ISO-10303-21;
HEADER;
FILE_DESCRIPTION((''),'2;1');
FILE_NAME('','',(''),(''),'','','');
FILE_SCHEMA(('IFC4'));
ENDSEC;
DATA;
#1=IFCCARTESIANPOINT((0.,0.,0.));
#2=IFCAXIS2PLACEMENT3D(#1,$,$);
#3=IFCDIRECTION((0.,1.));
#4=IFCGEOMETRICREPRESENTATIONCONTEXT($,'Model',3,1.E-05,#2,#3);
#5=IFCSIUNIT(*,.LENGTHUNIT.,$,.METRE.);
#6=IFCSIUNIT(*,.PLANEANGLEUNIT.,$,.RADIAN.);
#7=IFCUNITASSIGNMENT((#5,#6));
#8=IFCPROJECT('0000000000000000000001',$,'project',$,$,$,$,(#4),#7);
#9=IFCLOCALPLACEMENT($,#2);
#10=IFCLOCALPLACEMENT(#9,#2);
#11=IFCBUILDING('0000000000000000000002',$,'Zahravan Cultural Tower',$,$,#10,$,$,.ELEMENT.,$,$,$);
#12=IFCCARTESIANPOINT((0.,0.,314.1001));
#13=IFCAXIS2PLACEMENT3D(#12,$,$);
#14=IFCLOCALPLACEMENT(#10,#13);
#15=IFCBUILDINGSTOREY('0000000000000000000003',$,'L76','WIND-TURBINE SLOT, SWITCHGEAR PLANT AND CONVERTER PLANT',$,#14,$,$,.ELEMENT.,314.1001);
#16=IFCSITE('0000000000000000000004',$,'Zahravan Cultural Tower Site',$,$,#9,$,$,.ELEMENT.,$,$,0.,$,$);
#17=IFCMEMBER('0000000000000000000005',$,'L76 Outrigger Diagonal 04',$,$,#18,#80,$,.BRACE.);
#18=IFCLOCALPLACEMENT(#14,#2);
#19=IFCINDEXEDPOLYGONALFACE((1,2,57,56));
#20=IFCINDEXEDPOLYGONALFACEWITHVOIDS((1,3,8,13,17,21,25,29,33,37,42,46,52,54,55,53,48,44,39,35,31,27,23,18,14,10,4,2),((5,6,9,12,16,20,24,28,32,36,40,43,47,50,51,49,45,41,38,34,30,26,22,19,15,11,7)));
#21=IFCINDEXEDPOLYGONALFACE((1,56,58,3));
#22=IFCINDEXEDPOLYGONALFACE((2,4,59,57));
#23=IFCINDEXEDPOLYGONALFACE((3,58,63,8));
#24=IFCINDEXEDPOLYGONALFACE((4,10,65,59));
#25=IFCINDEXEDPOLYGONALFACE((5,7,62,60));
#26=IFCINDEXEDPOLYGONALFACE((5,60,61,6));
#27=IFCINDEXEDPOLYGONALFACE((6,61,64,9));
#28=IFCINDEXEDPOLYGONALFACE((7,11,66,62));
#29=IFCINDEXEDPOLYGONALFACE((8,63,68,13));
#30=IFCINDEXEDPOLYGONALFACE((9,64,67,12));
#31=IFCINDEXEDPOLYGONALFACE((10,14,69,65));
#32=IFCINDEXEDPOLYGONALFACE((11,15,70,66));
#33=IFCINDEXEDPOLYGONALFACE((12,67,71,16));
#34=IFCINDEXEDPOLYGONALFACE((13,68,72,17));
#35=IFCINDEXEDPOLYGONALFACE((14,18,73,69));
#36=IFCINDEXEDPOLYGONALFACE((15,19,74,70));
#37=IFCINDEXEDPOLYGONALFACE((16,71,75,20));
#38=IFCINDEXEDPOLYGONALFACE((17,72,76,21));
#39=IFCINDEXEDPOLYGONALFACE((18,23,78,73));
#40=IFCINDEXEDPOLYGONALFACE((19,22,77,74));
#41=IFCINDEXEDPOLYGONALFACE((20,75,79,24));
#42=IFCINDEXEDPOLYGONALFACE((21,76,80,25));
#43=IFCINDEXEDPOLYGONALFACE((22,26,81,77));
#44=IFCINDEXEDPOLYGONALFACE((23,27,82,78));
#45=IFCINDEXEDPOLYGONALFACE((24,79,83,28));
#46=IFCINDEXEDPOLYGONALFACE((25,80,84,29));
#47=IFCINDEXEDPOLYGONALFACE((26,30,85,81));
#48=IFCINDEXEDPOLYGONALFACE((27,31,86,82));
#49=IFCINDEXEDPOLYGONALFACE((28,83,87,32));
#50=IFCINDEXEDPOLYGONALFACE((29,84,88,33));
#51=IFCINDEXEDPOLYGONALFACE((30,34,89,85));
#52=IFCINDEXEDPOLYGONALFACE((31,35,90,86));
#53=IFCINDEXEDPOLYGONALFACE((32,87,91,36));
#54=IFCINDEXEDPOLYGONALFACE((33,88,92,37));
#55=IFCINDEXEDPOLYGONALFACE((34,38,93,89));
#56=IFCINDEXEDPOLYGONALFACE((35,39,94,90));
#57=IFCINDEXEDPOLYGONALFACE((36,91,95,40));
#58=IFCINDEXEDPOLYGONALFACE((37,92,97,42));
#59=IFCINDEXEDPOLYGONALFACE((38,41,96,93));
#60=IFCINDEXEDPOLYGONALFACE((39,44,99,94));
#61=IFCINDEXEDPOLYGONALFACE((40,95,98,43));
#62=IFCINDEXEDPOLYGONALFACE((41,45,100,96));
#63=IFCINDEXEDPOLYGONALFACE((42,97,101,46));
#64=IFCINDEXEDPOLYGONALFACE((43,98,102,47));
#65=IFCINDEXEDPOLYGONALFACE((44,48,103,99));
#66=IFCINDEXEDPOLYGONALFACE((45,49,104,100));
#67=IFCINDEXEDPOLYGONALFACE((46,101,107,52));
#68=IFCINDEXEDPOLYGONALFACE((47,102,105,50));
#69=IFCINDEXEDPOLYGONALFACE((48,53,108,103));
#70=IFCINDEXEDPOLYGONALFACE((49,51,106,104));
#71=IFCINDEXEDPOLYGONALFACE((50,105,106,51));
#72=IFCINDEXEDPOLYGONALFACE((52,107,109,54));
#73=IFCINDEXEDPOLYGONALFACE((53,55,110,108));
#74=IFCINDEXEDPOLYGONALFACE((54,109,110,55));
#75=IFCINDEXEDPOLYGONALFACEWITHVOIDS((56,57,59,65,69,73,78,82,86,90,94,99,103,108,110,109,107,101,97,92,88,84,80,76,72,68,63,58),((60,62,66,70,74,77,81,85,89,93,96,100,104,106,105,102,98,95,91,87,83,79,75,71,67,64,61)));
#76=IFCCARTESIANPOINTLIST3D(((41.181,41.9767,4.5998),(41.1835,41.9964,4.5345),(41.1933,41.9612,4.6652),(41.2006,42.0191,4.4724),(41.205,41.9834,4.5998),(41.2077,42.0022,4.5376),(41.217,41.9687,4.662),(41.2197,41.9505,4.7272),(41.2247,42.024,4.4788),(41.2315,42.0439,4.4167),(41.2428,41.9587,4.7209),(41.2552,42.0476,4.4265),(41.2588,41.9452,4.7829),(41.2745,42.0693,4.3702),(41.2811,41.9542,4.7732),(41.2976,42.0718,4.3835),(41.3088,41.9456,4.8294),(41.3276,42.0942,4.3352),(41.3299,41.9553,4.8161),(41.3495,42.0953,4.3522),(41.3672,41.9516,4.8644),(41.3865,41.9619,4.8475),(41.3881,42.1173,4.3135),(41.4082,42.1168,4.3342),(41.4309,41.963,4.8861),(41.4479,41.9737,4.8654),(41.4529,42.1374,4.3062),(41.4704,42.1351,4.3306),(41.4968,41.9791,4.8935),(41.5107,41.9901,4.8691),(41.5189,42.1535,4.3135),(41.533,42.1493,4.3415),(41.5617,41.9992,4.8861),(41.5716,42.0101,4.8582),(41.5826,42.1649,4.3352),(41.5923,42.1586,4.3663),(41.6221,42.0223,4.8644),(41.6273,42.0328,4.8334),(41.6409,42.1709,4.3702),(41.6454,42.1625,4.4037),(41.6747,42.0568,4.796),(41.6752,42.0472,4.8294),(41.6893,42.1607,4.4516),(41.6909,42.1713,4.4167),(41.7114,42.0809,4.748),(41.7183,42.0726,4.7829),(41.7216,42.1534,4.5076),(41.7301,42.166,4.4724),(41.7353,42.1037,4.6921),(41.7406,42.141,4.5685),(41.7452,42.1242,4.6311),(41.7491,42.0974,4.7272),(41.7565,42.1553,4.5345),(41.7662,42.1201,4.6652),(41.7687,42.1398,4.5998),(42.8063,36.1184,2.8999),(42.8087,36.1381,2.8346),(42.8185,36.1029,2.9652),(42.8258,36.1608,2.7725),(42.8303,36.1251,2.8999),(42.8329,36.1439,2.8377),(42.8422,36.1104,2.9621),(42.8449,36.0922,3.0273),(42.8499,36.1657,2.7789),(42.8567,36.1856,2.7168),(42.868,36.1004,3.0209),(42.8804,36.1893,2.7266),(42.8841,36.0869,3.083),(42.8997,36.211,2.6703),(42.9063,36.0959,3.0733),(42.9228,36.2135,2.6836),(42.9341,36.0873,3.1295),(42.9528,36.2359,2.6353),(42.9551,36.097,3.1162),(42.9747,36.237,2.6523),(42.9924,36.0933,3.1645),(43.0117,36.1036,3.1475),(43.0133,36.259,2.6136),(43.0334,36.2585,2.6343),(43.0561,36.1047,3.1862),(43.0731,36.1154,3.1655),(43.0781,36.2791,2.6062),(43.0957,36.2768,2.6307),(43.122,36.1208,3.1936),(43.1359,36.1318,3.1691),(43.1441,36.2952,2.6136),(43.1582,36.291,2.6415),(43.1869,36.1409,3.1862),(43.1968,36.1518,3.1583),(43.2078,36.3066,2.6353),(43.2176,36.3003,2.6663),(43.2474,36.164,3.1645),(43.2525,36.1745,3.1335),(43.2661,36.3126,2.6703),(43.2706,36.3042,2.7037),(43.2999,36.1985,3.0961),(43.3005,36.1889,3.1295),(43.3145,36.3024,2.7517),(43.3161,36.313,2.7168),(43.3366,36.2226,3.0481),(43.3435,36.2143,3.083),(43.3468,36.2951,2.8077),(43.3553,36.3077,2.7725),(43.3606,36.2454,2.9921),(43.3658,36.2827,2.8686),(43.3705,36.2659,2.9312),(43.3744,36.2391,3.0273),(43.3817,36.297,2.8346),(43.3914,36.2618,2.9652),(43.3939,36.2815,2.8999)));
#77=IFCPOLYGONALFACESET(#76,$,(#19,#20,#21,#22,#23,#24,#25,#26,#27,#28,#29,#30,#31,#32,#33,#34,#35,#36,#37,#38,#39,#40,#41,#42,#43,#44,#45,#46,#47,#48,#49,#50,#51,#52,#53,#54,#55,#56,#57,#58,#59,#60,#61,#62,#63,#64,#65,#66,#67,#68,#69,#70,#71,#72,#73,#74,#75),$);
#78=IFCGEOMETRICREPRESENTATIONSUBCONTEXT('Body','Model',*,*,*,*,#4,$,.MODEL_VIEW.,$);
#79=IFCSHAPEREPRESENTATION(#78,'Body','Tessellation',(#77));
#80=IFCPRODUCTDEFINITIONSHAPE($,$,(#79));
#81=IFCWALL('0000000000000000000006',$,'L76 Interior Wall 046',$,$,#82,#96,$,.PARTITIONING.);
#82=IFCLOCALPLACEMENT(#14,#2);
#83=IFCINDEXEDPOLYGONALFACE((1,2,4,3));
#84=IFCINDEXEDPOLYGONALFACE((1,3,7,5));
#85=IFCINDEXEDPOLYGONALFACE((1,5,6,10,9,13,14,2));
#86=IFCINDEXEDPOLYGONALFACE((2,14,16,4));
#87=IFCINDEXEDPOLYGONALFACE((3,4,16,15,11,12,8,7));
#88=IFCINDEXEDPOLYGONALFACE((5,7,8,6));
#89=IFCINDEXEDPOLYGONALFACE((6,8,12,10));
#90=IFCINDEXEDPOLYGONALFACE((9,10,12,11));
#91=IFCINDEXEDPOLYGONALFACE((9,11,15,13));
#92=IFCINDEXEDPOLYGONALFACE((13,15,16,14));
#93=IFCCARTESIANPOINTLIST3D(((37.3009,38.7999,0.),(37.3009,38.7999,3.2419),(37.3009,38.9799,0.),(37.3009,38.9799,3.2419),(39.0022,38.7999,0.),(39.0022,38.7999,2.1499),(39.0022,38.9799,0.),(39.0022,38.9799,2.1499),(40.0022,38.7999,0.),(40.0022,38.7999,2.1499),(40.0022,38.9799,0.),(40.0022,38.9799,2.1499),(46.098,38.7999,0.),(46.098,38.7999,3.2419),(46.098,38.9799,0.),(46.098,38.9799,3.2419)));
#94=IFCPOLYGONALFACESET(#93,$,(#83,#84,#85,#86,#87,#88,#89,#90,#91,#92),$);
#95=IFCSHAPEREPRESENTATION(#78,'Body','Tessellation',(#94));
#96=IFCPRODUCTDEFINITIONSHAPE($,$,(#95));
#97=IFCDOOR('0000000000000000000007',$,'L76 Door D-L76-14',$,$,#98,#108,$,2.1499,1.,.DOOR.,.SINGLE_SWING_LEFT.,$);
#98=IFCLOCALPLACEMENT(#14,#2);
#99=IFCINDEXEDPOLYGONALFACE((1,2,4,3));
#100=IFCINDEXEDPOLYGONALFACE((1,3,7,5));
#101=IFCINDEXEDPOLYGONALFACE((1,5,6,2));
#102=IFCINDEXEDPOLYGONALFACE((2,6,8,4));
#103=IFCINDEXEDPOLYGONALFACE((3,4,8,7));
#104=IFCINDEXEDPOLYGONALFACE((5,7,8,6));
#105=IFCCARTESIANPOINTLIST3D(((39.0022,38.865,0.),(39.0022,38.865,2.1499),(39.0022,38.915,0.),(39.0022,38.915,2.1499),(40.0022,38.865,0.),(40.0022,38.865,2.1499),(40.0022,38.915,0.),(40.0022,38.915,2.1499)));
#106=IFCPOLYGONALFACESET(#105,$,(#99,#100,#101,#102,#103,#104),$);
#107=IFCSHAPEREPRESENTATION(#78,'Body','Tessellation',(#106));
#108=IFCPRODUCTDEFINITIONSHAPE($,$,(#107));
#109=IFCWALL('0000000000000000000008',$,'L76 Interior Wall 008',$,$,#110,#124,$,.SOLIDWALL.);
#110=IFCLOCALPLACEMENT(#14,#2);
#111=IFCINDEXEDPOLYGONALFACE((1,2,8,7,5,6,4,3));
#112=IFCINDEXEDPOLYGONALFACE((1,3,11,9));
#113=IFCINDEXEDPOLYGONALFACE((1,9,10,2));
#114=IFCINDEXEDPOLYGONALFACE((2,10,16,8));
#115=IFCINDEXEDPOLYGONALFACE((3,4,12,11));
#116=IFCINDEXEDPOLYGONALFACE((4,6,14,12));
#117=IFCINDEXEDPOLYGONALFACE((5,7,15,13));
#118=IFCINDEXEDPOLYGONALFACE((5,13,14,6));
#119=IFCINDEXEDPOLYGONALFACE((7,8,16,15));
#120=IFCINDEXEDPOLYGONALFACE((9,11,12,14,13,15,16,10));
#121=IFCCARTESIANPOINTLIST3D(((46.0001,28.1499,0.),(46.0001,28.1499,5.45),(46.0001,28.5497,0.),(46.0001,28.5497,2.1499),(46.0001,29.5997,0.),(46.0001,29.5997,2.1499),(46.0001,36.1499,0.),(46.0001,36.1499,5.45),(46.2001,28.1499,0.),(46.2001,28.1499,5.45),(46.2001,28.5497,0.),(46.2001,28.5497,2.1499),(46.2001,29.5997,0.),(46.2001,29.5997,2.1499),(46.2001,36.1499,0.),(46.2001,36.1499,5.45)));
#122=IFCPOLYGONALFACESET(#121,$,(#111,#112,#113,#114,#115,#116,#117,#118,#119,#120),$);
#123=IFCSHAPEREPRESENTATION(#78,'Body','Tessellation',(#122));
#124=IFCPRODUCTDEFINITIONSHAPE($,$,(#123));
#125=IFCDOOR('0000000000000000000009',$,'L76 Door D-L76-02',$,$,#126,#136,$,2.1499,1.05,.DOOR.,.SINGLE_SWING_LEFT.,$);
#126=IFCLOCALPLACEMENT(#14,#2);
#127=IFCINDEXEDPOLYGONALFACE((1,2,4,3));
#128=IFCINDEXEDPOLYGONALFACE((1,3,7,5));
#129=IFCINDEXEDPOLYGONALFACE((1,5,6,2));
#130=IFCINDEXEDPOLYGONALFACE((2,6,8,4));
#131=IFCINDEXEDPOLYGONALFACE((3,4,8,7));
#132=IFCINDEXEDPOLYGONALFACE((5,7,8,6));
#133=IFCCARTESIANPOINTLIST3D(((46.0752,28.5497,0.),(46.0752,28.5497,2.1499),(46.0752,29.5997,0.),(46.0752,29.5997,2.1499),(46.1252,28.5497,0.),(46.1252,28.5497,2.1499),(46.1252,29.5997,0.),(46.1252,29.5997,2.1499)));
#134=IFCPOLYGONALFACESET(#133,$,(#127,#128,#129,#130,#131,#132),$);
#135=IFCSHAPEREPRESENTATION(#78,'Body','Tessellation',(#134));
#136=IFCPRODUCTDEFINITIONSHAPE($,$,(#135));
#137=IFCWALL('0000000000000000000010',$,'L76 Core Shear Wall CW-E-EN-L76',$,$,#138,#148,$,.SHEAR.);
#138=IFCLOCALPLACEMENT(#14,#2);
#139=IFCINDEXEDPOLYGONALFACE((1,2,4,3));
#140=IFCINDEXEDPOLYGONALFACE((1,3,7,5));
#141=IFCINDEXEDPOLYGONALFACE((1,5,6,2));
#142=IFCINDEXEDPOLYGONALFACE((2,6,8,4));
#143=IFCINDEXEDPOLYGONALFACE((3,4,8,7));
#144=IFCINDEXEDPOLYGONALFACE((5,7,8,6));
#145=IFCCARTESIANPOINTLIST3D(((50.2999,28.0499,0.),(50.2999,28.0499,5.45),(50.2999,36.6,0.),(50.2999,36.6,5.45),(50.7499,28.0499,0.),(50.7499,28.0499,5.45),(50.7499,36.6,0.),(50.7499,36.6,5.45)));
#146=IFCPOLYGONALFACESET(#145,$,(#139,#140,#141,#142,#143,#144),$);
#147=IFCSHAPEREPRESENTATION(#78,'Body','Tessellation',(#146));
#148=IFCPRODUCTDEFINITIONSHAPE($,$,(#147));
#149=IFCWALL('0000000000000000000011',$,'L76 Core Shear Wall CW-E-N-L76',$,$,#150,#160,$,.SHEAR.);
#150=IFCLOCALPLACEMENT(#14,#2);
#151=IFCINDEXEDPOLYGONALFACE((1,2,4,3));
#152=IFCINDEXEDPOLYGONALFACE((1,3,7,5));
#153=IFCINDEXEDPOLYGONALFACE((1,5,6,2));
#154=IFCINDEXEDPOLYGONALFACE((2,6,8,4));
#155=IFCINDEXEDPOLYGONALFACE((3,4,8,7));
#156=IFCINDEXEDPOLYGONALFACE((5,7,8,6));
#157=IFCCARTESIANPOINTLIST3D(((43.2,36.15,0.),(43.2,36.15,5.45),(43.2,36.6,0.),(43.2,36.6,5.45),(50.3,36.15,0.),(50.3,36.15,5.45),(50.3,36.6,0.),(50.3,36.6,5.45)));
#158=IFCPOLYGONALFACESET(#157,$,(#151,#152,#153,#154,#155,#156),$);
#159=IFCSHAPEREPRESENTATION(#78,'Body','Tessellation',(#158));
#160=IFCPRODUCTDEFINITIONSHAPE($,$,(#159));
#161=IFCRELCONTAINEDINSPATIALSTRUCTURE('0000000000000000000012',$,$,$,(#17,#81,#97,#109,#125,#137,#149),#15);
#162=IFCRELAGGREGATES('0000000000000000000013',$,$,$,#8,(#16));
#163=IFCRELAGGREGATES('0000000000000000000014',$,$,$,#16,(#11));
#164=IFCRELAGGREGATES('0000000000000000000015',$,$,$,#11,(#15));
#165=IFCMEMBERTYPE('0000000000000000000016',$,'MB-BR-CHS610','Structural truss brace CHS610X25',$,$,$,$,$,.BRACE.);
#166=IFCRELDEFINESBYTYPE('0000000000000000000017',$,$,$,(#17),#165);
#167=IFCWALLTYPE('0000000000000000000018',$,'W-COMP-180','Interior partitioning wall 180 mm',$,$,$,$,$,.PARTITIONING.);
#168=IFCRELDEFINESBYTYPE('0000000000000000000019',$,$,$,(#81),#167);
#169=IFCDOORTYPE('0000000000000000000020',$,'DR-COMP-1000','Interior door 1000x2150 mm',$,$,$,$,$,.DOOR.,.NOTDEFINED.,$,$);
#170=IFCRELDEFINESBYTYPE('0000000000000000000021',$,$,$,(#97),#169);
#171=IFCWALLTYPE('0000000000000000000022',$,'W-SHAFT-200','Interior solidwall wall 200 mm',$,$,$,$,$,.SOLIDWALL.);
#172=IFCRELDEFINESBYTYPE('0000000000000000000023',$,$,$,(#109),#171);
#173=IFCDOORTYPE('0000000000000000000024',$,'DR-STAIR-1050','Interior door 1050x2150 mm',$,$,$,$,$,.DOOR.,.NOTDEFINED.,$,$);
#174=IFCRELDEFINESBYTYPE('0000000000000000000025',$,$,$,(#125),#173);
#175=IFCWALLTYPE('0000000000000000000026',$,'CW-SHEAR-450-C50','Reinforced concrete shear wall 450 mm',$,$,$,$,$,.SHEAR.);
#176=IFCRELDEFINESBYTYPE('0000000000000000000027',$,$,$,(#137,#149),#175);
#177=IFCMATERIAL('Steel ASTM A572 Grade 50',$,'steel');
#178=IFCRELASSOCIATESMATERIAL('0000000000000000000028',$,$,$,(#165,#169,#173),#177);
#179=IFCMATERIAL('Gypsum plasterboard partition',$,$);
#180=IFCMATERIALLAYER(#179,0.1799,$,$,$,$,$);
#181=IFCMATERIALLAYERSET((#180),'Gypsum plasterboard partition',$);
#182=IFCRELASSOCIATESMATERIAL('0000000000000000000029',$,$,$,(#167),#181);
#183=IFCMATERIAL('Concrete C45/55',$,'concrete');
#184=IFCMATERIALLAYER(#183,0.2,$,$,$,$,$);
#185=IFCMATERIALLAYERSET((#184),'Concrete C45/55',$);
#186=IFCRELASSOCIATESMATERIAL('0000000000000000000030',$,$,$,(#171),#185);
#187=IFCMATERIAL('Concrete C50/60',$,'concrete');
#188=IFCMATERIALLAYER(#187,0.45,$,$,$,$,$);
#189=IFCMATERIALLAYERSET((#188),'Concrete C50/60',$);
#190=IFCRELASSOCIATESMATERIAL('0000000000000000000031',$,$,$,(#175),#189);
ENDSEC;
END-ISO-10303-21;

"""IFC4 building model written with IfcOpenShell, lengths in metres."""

from ifc_helpers import new_model, si_unit, direction, frame, frame_2d, origin, origin_2d, place, context, subcontext, project, spatial, rectangle, hollow_circle, extrude, source, transform, mapped, material, layer, layer_set, material_profile, profile_set, type_object, element, fill, save


model = new_model("IFC4")

# Units and contexts
model_context = context("Model", 3, precision=1e-05, world=origin(), true_north=direction((0.0, 1.0)))
body_context = subcontext(model_context, "Body", "Model", "MODEL_VIEW")
ifc_project = project(units=[si_unit("LENGTHUNIT", "METRE"), si_unit("PLANEANGLEUNIT", "RADIAN")], contexts=[model_context])

# Site, building, storey
site_placement = place(None, origin())
site = spatial("IfcSite", under=ifc_project, at=site_placement, Name="Zahravan Cultural Tower Site", CompositionType="ELEMENT", RefElevation=0.0)
building_placement = place(site_placement, origin())
building = spatial("IfcBuilding", under=site, at=building_placement, Name="Zahravan Cultural Tower", CompositionType="ELEMENT")
storey_placement = place(building_placement, frame((0.0, 0.0, 314.1001)))
storey = spatial("IfcBuildingStorey", under=building, at=storey_placement, Name="L76", Description="WIND-TURBINE SLOT, SWITCHGEAR PLANT AND CONVERTER PLANT", CompositionType="ELEMENT", Elevation=314.1001)

# Shared definitions
ifc_material_1 = material(Name="Concrete C50/60", Category="concrete")

# Member
ifc_material_2 = material(Name="Steel ASTM A572 Grade 50", Category="steel")
ifc_material_profile_1 = material_profile(ifc_material_2, hollow_circle(Radius=0.3049, WallThickness=0.0249, at=origin_2d()), Name="CHS610X25")
ifc_profile_set_1 = profile_set([ifc_material_profile_1], Name="Steel ASTM A572 Grade 50")
member_type = type_object("IfcMemberType", Name="MB-BR-CHS610", Description="Structural truss brace CHS610X25", PredefinedType="BRACE", material=ifc_profile_set_1)
shared_shape_1 = source(origin(), body_context, "Body", "SweptSolid", [
    extrude(hollow_circle(Radius=0.3049, WallThickness=0.0249, at=origin_2d()), origin(), (0.0, 0.0, 1.0), 6.3127),
])
member_1_placement = place(storey_placement, frame((43.1001, 36.2, 2.8999), z_axis=(-0.25745, 0.928012, 0.269284), x_axis=(-0.963606, -0.267325, 0.0)))
element("IfcMember", 1, at=member_1_placement, inside=storey, type_object=member_type, Name="L76 Outrigger Diagonal 04", PredefinedType="BRACE", context=body_context, shape_type="MappedRepresentation", body=[
    mapped(shared_shape_1, transform((0.0, 0.0, 0.0), x_axis=(1.0, 0.0, 0.0), y_axis=(0.0, 1.0, 0.0), z_axis=(0.0, 0.0, 1.0), scale=1.0)),
])

# Walls, openings, doors
ifc_material_3 = material(Name="Gypsum plasterboard partition")
ifc_layer_1 = layer(ifc_material_3, 0.1799)
ifc_layer_set_1 = layer_set([ifc_layer_1], Name="Gypsum plasterboard partition")
wall_type_1 = type_object("IfcWallType", Name="W-COMP-180", Description="Interior partitioning wall 180 mm", PredefinedType="PARTITIONING", material=ifc_layer_set_1)
wall_1_placement = place(storey_placement, frame((46.0979, 38.8899, 0.0), z_axis=(0.0, 0.0, 1.0), x_axis=(-1.0, 0.0, 0.0)))
wall_1 = element("IfcWall", 2, at=wall_1_placement, inside=storey, type_object=wall_type_1, Name="L76 Interior Wall 046", PredefinedType="PARTITIONING", context=body_context, shape_type="SweptSolid", body=[
    extrude(rectangle(XDim=8.7971, YDim=0.1799, at=frame_2d((4.3984, 0.0))), origin(), (0.0, 0.0, 1.0), 3.2419),
])
opening_1_placement = place(wall_1_placement, frame((6.0957, 0.0, 0.0)))
opening_1 = element("IfcOpeningElement", 3, at=opening_1_placement, cuts=wall_1, PredefinedType="OPENING", context=body_context, shape_type="SweptSolid", body=[
    extrude(rectangle(XDim=1.0, YDim=2.1499, at=frame_2d((0.5, 1.075))), frame((0.0, 0.0999, 0.0), z_axis=(0.0, -1.0, 0.0), x_axis=(1.0, 0.0, 0.0)), (0.0, 0.0, 1.0), 0.2),
])
door_type_1 = type_object("IfcDoorType", Name="DR-COMP-1000", Description="Interior door 1000x2150 mm", OperationType="NOTDEFINED", PredefinedType="DOOR", material=ifc_material_2)
shared_shape_2 = source(origin(), body_context, "Body", "SweptSolid", [
    extrude(rectangle(XDim=1.0, YDim=2.1499, at=frame_2d((0.5, 1.075))), frame((0.0, 0.0249, 0.0), z_axis=(0.0, -1.0, 0.0), x_axis=(1.0, 0.0, 0.0)), (0.0, 0.0, 1.0), 0.05),
])
door_1_placement = place(opening_1_placement, origin())
door_1 = element("IfcDoor", 4, at=door_1_placement, inside=storey, type_object=door_type_1, Name="L76 Door D-L76-14", OperationType="SINGLE_SWING_LEFT", OverallHeight=2.1499, OverallWidth=1.0, PredefinedType="DOOR", context=body_context, shape_type="MappedRepresentation", body=[
    mapped(shared_shape_2, transform((0.0, 0.0, 0.0), x_axis=(1.0, 0.0, 0.0), y_axis=(0.0, 1.0, 0.0), z_axis=(0.0, 0.0, 1.0), scale=1.0)),
])
fill(opening_1, door_1)
ifc_material_4 = material(Name="Concrete C45/55", Category="concrete")
ifc_layer_2 = layer(ifc_material_4, 0.2)
ifc_layer_set_2 = layer_set([ifc_layer_2], Name="Concrete C45/55")
wall_type_2 = type_object("IfcWallType", Name="W-SHAFT-200", Description="Interior solidwall wall 200 mm", PredefinedType="SOLIDWALL", material=ifc_layer_set_2)
wall_2_placement = place(storey_placement, frame((46.1001, 28.1499, 0.0), z_axis=(0.0, 0.0, 1.0), x_axis=(0.0, 1.0, 0.0)))
wall_2 = element("IfcWall", 5, at=wall_2_placement, inside=storey, type_object=wall_type_2, Name="L76 Interior Wall 008", PredefinedType="SOLIDWALL", context=body_context, shape_type="SweptSolid", body=[
    extrude(rectangle(XDim=8.0, YDim=0.2, at=frame_2d((4.0, 0.0))), origin(), (0.0, 0.0, 1.0), 5.45),
])
opening_2_placement = place(wall_2_placement, frame((0.3999, 0.0, 0.0)))
opening_2 = element("IfcOpeningElement", 6, at=opening_2_placement, cuts=wall_2, PredefinedType="OPENING", context=body_context, shape_type="SweptSolid", body=[
    extrude(rectangle(XDim=1.05, YDim=2.1499, at=frame_2d((0.5249, 1.075))), frame((0.0, 0.1099, 0.0), z_axis=(0.0, -1.0, 0.0), x_axis=(1.0, 0.0, 0.0)), (0.0, 0.0, 1.0), 0.22),
])
door_type_2 = type_object("IfcDoorType", Name="DR-STAIR-1050", Description="Interior door 1050x2150 mm", OperationType="NOTDEFINED", PredefinedType="DOOR", material=ifc_material_2)
shared_shape_3 = source(origin(), body_context, "Body", "SweptSolid", [
    extrude(rectangle(XDim=1.05, YDim=2.1499, at=frame_2d((0.5249, 1.075))), frame((0.0, 0.0249, 0.0), z_axis=(0.0, -1.0, 0.0), x_axis=(1.0, 0.0, 0.0)), (0.0, 0.0, 1.0), 0.05),
])
door_2_placement = place(opening_2_placement, origin())
door_2 = element("IfcDoor", 7, at=door_2_placement, inside=storey, type_object=door_type_2, Name="L76 Door D-L76-02", OperationType="SINGLE_SWING_LEFT", OverallHeight=2.1499, OverallWidth=1.05, PredefinedType="DOOR", context=body_context, shape_type="MappedRepresentation", body=[
    mapped(shared_shape_3, transform((0.0, 0.0, 0.0), x_axis=(1.0, 0.0, 0.0), y_axis=(0.0, 1.0, 0.0), z_axis=(0.0, 0.0, 1.0), scale=1.0)),
])
fill(opening_2, door_2)

# Walls
ifc_layer_3 = layer(ifc_material_1, 0.45)
ifc_layer_set_3 = layer_set([ifc_layer_3], Name="Concrete C50/60")
wall_type_3 = type_object("IfcWallType", Name="CW-SHEAR-450-C50", Description="Reinforced concrete shear wall 450 mm", PredefinedType="SHEAR", material=ifc_layer_set_3)
shared_shape_4 = source(origin(), body_context, "Body", "SweptSolid", [
    extrude(rectangle(XDim=8.55, YDim=0.45, at=frame_2d((4.2749, 0.0))), origin(), (0.0, 0.0, 1.0), 5.45),
])
wall_3_placement = place(storey_placement, frame((50.5249, 28.05, 0.0), z_axis=(0.0, 0.0, 1.0), x_axis=(0.0, 1.0, 0.0)))
element("IfcWall", 8, at=wall_3_placement, inside=storey, type_object=wall_type_3, Name="L76 Core Shear Wall CW-E-EN-L76", PredefinedType="SHEAR", context=body_context, shape_type="MappedRepresentation", body=[
    mapped(shared_shape_4, transform((0.0, 0.0, 0.0), x_axis=(1.0, 0.0, 0.0), y_axis=(0.0, 1.0, 0.0), z_axis=(0.0, 0.0, 1.0), scale=1.0)),
])
shared_shape_5 = source(origin(), body_context, "Body", "SweptSolid", [
    extrude(rectangle(XDim=7.1001, YDim=0.45, at=frame_2d((3.55, 0.0))), origin(), (0.0, 0.0, 1.0), 5.45),
])
wall_4_placement = place(storey_placement, frame((43.2, 36.375, 0.0), z_axis=(0.0, 0.0, 1.0), x_axis=(1.0, 0.0, 0.0)))
element("IfcWall", 9, at=wall_4_placement, inside=storey, type_object=wall_type_3, Name="L76 Core Shear Wall CW-E-N-L76", PredefinedType="SHEAR", context=body_context, shape_type="MappedRepresentation", body=[
    mapped(shared_shape_5, transform((0.0, 0.0, 0.0), x_axis=(1.0, 0.0, 0.0), y_axis=(0.0, 1.0, 0.0), z_axis=(0.0, 0.0, 1.0), scale=1.0)),
])

save(model, "model.ifc")
